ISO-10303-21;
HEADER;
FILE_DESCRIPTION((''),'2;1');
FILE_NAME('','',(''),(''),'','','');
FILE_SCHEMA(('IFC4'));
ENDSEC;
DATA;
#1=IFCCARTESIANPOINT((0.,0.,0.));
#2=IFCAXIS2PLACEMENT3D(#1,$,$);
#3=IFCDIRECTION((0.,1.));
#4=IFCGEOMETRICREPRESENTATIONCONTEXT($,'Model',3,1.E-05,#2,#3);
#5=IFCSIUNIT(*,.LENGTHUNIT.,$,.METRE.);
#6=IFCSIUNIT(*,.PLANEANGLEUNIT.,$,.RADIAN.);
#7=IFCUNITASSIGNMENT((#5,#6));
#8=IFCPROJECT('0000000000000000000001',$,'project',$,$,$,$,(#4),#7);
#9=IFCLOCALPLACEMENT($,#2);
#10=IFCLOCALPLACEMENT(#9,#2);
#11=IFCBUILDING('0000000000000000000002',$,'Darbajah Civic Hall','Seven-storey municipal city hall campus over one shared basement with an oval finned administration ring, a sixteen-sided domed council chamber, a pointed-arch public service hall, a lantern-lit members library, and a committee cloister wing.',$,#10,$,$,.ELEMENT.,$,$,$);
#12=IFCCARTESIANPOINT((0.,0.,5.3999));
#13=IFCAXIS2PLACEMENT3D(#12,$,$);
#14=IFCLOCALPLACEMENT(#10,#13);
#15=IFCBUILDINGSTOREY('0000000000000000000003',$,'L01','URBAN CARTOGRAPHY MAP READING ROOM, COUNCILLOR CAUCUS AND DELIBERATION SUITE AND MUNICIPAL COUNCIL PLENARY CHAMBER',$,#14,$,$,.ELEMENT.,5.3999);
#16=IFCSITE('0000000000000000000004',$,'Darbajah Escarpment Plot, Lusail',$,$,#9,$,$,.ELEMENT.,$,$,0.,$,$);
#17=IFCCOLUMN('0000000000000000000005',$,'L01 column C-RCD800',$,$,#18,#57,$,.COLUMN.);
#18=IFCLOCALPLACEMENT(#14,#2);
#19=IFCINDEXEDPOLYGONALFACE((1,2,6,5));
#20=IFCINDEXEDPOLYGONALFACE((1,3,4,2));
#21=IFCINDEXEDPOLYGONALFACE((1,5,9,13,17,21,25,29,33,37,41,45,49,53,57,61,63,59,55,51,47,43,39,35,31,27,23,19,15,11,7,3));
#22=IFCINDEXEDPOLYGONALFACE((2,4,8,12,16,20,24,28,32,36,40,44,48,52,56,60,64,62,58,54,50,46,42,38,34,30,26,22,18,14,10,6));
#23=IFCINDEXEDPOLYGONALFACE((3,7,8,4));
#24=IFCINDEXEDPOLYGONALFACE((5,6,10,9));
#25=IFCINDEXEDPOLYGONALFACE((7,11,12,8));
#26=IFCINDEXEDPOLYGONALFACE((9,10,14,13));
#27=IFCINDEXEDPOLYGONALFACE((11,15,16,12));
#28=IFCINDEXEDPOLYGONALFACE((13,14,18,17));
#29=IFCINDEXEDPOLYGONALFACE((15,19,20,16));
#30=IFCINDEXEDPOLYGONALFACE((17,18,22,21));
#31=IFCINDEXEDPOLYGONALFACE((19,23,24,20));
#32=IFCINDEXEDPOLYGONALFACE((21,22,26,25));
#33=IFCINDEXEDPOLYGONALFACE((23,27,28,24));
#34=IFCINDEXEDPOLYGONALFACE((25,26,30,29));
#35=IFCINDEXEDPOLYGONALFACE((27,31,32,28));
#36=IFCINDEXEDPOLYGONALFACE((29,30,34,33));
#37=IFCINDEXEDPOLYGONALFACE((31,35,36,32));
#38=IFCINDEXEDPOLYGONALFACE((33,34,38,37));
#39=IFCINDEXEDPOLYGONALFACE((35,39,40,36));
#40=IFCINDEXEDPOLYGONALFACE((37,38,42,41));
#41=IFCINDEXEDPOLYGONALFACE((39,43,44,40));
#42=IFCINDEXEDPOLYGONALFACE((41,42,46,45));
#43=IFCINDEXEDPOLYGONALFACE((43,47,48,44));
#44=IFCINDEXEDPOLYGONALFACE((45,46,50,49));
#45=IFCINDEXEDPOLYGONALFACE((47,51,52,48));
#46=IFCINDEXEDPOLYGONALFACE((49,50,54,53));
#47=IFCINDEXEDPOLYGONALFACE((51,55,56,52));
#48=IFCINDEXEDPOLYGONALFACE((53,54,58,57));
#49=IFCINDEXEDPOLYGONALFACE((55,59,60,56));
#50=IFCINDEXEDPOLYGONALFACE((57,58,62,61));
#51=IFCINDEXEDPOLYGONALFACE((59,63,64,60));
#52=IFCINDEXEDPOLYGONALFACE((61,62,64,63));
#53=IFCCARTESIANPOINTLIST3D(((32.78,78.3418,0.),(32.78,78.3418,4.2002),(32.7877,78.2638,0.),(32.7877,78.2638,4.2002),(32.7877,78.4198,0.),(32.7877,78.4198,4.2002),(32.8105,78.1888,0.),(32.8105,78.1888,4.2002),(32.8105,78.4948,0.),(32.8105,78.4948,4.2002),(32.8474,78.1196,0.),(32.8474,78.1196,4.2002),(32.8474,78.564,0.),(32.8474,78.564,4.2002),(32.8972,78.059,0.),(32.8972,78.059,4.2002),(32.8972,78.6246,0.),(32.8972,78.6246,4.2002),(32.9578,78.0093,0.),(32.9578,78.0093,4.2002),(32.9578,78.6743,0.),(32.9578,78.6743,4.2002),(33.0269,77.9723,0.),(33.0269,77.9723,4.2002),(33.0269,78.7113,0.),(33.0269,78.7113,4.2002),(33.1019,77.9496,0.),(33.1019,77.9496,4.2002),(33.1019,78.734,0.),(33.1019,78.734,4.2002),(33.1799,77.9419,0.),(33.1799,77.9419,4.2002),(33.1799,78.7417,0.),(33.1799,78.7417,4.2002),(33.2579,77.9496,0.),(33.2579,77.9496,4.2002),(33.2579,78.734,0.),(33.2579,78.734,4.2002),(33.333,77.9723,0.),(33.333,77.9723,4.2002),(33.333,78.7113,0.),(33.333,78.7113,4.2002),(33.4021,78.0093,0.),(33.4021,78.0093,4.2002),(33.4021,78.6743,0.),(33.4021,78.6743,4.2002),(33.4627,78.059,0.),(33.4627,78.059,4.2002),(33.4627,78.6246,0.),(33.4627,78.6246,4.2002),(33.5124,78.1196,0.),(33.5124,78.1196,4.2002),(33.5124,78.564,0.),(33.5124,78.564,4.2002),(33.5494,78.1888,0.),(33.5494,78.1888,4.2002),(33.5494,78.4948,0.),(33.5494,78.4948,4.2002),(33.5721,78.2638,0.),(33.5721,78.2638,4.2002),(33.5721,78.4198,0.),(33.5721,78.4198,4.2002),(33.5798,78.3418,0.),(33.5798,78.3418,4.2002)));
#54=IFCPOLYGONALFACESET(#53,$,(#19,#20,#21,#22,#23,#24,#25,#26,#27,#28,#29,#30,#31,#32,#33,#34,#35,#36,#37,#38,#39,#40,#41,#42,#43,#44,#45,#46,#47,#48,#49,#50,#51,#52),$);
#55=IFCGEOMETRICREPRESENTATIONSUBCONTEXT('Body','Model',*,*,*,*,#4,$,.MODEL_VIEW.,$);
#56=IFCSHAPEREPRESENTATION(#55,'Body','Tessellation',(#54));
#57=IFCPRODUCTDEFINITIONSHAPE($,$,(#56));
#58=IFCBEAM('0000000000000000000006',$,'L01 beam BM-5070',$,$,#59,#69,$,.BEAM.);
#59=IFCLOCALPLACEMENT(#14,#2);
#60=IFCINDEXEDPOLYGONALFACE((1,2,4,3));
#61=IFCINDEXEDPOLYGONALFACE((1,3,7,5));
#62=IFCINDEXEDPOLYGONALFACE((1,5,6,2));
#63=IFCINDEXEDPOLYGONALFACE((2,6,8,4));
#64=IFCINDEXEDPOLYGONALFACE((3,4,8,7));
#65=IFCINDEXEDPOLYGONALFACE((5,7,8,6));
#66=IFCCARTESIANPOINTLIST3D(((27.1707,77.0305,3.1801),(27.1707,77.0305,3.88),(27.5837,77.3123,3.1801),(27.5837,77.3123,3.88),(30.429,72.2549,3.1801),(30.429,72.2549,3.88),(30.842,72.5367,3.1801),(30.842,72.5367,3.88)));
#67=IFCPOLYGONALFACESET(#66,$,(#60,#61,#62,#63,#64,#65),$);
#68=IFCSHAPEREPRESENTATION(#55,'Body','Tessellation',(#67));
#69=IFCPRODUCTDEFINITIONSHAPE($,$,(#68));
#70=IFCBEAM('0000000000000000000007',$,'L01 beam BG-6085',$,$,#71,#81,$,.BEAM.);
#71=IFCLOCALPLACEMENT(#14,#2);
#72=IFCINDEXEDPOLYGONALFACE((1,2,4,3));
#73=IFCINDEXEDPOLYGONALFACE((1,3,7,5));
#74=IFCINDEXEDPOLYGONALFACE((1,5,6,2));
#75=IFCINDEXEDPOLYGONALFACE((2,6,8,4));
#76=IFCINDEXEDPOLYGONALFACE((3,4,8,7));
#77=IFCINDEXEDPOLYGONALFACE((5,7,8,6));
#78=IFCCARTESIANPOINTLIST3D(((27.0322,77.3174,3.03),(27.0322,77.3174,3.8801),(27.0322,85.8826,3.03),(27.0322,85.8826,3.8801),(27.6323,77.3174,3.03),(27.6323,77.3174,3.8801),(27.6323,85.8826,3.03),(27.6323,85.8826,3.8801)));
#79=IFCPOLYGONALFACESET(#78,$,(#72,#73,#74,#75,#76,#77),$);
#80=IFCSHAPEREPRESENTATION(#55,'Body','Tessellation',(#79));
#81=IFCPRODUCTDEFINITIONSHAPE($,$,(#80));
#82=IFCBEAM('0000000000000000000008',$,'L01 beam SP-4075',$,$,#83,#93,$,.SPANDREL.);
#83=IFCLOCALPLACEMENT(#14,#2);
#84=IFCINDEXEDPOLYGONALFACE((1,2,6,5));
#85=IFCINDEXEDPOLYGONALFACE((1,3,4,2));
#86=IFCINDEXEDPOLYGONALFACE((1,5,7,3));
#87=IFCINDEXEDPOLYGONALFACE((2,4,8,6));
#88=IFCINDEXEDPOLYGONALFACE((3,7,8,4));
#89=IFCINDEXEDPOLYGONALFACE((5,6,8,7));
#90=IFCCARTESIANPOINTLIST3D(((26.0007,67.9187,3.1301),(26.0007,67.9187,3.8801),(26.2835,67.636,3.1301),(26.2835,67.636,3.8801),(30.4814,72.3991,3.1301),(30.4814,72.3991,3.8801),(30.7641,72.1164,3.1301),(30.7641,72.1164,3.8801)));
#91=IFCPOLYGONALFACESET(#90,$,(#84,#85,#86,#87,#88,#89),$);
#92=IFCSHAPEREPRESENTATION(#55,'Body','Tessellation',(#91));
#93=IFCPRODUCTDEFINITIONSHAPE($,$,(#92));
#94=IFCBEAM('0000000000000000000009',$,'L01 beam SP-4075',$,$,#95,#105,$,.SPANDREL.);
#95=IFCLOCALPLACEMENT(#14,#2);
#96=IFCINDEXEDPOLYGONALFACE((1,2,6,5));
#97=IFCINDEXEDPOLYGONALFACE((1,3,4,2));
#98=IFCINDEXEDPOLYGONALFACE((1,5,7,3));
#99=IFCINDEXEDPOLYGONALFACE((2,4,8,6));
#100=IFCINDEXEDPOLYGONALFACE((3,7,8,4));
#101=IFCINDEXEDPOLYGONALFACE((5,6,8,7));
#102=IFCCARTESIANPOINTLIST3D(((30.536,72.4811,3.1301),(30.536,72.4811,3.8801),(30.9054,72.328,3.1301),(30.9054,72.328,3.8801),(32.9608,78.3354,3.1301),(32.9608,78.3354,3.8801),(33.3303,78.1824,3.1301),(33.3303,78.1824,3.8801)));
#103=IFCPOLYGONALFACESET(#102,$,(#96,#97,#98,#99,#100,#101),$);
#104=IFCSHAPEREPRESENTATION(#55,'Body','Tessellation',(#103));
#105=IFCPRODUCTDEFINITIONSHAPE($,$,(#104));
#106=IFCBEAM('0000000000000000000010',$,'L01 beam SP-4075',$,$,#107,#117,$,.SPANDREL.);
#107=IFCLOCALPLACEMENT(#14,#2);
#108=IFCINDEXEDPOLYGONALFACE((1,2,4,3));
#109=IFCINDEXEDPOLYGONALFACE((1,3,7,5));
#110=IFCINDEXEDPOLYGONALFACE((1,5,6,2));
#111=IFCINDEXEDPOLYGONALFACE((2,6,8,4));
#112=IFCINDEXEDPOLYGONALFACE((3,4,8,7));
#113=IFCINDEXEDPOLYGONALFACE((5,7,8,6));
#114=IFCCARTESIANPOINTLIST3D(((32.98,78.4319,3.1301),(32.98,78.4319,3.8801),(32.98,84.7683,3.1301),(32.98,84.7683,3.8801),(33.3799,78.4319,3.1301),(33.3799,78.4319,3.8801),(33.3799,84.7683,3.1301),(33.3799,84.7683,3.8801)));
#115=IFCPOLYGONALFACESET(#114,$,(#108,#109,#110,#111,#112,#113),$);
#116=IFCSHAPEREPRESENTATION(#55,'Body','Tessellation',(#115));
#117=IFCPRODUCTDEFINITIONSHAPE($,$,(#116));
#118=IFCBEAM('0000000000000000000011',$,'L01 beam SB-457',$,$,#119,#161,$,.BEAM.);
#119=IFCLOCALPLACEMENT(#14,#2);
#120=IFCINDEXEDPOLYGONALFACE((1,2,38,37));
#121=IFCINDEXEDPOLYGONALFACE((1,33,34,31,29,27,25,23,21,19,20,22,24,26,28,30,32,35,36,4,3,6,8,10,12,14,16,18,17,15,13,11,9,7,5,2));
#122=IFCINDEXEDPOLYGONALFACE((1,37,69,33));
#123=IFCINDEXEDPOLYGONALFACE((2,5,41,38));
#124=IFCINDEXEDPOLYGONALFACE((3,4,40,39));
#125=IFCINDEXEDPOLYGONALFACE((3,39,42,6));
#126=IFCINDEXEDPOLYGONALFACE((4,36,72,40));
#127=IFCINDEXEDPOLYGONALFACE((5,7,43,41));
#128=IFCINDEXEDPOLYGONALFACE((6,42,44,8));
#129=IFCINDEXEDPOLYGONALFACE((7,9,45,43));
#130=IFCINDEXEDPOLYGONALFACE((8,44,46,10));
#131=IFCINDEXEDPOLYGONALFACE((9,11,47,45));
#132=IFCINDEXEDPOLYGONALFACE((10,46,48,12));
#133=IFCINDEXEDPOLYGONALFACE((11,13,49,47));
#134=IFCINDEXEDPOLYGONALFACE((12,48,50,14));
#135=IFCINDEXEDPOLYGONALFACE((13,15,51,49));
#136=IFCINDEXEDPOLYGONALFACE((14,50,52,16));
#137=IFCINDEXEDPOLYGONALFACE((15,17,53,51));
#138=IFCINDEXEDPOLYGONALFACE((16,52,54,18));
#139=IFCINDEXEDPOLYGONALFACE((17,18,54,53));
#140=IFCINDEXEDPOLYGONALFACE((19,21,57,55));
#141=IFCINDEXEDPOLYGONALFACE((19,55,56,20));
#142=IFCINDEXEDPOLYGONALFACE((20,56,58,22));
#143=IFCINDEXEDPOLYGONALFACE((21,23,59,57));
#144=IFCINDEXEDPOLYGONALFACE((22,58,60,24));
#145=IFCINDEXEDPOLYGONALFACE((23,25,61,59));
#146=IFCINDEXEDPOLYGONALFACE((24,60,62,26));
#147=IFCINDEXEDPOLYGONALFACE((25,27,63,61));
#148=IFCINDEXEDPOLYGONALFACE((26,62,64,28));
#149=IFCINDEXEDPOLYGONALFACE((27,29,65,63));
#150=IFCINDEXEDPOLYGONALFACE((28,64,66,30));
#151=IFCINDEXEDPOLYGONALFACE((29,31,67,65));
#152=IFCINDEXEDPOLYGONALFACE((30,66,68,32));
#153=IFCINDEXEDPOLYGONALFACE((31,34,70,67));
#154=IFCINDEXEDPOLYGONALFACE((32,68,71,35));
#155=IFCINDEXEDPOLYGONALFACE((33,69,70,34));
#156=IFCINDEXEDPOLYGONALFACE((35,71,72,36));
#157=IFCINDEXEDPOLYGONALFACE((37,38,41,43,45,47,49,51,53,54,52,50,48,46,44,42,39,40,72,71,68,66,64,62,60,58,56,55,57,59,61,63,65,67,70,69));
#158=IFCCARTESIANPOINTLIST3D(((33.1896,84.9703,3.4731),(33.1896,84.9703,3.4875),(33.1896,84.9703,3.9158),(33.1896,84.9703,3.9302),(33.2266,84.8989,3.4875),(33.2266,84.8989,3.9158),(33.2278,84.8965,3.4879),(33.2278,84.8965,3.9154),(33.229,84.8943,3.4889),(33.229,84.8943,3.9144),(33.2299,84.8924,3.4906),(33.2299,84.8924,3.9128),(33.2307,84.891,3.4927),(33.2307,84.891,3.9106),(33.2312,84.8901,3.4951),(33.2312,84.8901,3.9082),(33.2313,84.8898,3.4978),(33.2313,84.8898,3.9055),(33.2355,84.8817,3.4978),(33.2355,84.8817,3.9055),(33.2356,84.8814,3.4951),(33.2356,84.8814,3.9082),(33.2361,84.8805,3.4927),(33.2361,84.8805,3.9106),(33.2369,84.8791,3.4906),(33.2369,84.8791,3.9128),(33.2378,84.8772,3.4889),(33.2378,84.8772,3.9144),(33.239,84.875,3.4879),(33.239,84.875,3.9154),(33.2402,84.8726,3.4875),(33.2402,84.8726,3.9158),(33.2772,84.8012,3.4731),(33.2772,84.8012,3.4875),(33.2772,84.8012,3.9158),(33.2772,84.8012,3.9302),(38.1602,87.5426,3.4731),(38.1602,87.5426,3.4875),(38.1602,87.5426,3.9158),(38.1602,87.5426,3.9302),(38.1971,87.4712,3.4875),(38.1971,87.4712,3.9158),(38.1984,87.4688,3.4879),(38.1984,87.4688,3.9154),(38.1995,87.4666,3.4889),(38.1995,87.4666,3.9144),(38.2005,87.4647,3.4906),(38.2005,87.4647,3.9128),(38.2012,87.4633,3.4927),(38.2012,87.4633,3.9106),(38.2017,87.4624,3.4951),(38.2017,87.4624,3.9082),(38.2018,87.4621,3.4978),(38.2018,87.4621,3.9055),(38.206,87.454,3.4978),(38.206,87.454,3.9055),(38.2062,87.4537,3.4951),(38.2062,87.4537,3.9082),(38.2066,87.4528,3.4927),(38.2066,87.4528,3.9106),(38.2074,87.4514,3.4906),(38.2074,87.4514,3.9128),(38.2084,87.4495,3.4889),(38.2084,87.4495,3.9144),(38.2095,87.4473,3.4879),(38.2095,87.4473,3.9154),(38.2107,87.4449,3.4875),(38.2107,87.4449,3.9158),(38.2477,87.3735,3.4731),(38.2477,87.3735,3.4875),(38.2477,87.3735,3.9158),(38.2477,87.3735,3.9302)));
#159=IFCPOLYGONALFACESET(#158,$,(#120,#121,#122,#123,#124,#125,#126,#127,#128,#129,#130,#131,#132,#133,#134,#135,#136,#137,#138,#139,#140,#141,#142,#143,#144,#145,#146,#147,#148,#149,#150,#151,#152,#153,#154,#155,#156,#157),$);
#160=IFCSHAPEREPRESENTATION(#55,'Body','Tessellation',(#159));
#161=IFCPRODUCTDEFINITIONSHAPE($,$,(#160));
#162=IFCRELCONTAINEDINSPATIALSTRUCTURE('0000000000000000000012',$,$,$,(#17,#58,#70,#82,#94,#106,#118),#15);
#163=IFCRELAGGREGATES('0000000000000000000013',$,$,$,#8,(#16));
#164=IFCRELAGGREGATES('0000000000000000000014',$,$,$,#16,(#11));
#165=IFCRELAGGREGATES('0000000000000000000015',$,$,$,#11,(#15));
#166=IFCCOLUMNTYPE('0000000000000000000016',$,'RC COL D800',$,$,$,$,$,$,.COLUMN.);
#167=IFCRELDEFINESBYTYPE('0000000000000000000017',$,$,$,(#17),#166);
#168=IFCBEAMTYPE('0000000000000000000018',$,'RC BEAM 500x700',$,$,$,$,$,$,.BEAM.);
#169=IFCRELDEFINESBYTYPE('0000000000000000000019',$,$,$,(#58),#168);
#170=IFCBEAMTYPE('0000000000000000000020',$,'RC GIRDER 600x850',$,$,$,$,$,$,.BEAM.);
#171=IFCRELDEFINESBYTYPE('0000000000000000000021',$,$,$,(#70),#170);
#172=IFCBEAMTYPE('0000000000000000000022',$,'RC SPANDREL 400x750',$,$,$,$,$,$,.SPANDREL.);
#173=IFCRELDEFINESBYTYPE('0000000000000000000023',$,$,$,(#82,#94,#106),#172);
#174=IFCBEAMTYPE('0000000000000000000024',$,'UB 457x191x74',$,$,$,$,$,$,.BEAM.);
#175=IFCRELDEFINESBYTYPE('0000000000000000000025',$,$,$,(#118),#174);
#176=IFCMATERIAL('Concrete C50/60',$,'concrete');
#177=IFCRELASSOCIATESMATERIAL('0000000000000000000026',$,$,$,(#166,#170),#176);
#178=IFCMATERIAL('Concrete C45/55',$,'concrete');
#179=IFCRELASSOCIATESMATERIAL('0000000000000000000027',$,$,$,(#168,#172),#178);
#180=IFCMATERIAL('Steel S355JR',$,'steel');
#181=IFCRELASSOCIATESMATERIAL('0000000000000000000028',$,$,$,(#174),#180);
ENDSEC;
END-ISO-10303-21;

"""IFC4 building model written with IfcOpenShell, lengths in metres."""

from ifc_helpers import new_model, si_unit, direction, frame, origin, origin_2d, place, context, subcontext, project, spatial, rectangle, circle, i_section, extrude, material, material_profile, profile_set, type_object, element, save


model = new_model("IFC4")

# Units and contexts
model_context = context("Model", 3, precision=1e-05, world=origin(), true_north=direction((0.0, 1.0)))
body_context = subcontext(model_context, "Body", "Model", "MODEL_VIEW")
ifc_project = project(units=[si_unit("LENGTHUNIT", "METRE"), si_unit("PLANEANGLEUNIT", "RADIAN")], contexts=[model_context])

# Site, building, storey
site_placement = place(None, origin())
site = spatial("IfcSite", under=ifc_project, at=site_placement, Name="Darbajah Escarpment Plot, Lusail", CompositionType="ELEMENT", RefElevation=0.0)
building_placement = place(site_placement, origin())
building = spatial("IfcBuilding", under=site, at=building_placement, Name="Darbajah Civic Hall", Description="Seven-storey municipal city hall campus over one shared basement with an oval finned administration ring, a sixteen-sided domed council chamber, a pointed-arch public service hall, a lantern-lit members library, and a committee cloister wing.", CompositionType="ELEMENT")
storey_placement = place(building_placement, frame((0.0, 0.0, 5.3999)))
storey = spatial("IfcBuildingStorey", under=building, at=storey_placement, Name="L01", Description="URBAN CARTOGRAPHY MAP READING ROOM, COUNCILLOR CAUCUS AND DELIBERATION SUITE AND MUNICIPAL COUNCIL PLENARY CHAMBER", CompositionType="ELEMENT", Elevation=5.3999)

# Column
ifc_material_1 = material(Name="Concrete C45/55", Category="concrete")
ifc_material_2 = material(Name="Concrete C50/60", Category="concrete")
ifc_material_profile_1 = material_profile(ifc_material_2, circle(Radius=0.3999, at=origin_2d()), Name="RC COL D800")
ifc_profile_set_1 = profile_set([ifc_material_profile_1], Name="Concrete C50/60")
column_type_1 = type_object("IfcColumnType", Name="RC COL D800", PredefinedType="COLUMN", material=ifc_profile_set_1)
for number, where, z_axis, x_axis, name in (
    (1, (33.1799, 78.3418, 0.0), (0.0, 0.0, 1.0), (1.0, 0.0, 0.0), "L01 column C-RCD800"),
):
    element("IfcColumn", number, at=place(storey_placement, frame(where, z_axis=z_axis, x_axis=x_axis)), inside=storey, type_object=column_type_1, Name=name, PredefinedType="COLUMN", context=body_context, shape_type="SweptSolid", body=[
        extrude(circle(Radius=0.3999, at=origin_2d()), origin(), (0.0, 0.0, 1.0), 4.2002),
    ])

# Beams
ifc_material_profile_2 = material_profile(ifc_material_1, rectangle(XDim=0.5, YDim=0.7, at=origin_2d()), Name="RC BEAM 500x700")
ifc_profile_set_2 = profile_set([ifc_material_profile_2], Name="Concrete C45/55")
beam_type_1 = type_object("IfcBeamType", Name="RC BEAM 500x700", PredefinedType="BEAM", material=ifc_profile_set_2)
beam_1_placement = place(storey_placement, frame((27.3772, 77.1714, 3.53), z_axis=(0.563595, -0.826051, 0.0), x_axis=(0.826051, 0.563595, 0.0)))
element("IfcBeam", 2, at=beam_1_placement, inside=storey, type_object=beam_type_1, Name="L01 beam BM-5070", PredefinedType="BEAM", context=body_context, shape_type="SweptSolid", body=[
    extrude(rectangle(XDim=0.5, YDim=0.7, at=origin_2d()), origin(), (0.0, 0.0, 1.0), 5.7812),
])
ifc_material_profile_3 = material_profile(ifc_material_2, rectangle(XDim=0.6001, YDim=0.8501, at=origin_2d()), Name="RC GIRDER 600x850")
ifc_profile_set_3 = profile_set([ifc_material_profile_3], Name="Concrete C50/60")
beam_type_2 = type_object("IfcBeamType", Name="RC GIRDER 600x850", PredefinedType="BEAM", material=ifc_profile_set_3)
beam_2_placement = place(storey_placement, frame((27.3323, 77.3174, 3.4551), z_axis=(0.0, 1.0, 0.0), x_axis=(-1.0, 0.0, 0.0)))
element("IfcBeam", 3, at=beam_2_placement, inside=storey, type_object=beam_type_2, Name="L01 beam BG-6085", PredefinedType="BEAM", context=body_context, shape_type="SweptSolid", body=[
    extrude(rectangle(XDim=0.6001, YDim=0.8501, at=origin_2d()), origin(), (0.0, 0.0, 1.0), 8.5652),
])
ifc_material_profile_4 = material_profile(ifc_material_1, rectangle(XDim=0.3999, YDim=0.75, at=origin_2d()), Name="RC SPANDREL 400x750")
ifc_profile_set_4 = profile_set([ifc_material_profile_4], Name="Concrete C45/55")
beam_type_3 = type_object("IfcBeamType", Name="RC SPANDREL 400x750", PredefinedType="SPANDREL", material=ifc_profile_set_4)
beam_3_placement = place(storey_placement, frame((26.1421, 67.7773, 3.5051), z_axis=(0.707126, 0.707088, 0.0), x_axis=(-0.707088, 0.707126, 0.0)))
element("IfcBeam", 4, at=beam_3_placement, inside=storey, type_object=beam_type_3, Name="L01 beam SP-4075", PredefinedType="SPANDREL", context=body_context, shape_type="SweptSolid", body=[
    extrude(rectangle(XDim=0.3999, YDim=0.75, at=origin_2d()), origin(), (0.0, 0.0, 1.0), 6.3364),
])
beam_4_placement = place(storey_placement, frame((30.7207, 72.4045, 3.5051), z_axis=(0.382669, 0.923885, 0.0), x_axis=(-0.923885, 0.382669, 0.0)))
element("IfcBeam", 5, at=beam_4_placement, inside=storey, type_object=beam_type_3, Name="L01 beam SP-4075", PredefinedType="SPANDREL", context=body_context, shape_type="SweptSolid", body=[
    extrude(rectangle(XDim=0.3999, YDim=0.75, at=origin_2d()), origin(), (0.0, 0.0, 1.0), 6.3367),
])
beam_5_placement = place(storey_placement, frame((33.1799, 78.4319, 3.5051), z_axis=(0.0, 1.0, 0.0), x_axis=(-1.0, 0.0, 0.0)))
element("IfcBeam", 6, at=beam_5_placement, inside=storey, type_object=beam_type_3, Name="L01 beam SP-4075", PredefinedType="SPANDREL", context=body_context, shape_type="SweptSolid", body=[
    extrude(rectangle(XDim=0.3999, YDim=0.75, at=origin_2d()), origin(), (0.0, 0.0, 1.0), 6.3364),
])
ifc_material_3 = material(Name="Steel S355JR", Category="steel")
ifc_material_profile_5 = material_profile(ifc_material_3, i_section(OverallWidth=0.1904, OverallDepth=0.457, WebThickness=0.009, FlangeThickness=0.0144, FilletRadius=0.0103, at=origin_2d()), Name="UB 457x191x74")
ifc_profile_set_5 = profile_set([ifc_material_profile_5], Name="Steel S355JR")
beam_type_4 = type_object("IfcBeamType", Name="UB 457x191x74", PredefinedType="BEAM", material=ifc_profile_set_5)
beam_6_placement = place(storey_placement, frame((33.2334, 84.8857, 3.7017), z_axis=(0.88812, 0.459612, 0.0), x_axis=(-0.459612, 0.88812, 0.0)))
element("IfcBeam", 7, at=beam_6_placement, inside=storey, type_object=beam_type_4, Name="L01 beam SB-457", PredefinedType="BEAM", context=body_context, shape_type="SweptSolid", body=[
    extrude(i_section(OverallWidth=0.1904, OverallDepth=0.457, WebThickness=0.009, FlangeThickness=0.0144, FilletRadius=0.0103, at=origin_2d()), origin(), (0.0, 0.0, 1.0), 5.5967),
])

save(model, "model.ifc")
